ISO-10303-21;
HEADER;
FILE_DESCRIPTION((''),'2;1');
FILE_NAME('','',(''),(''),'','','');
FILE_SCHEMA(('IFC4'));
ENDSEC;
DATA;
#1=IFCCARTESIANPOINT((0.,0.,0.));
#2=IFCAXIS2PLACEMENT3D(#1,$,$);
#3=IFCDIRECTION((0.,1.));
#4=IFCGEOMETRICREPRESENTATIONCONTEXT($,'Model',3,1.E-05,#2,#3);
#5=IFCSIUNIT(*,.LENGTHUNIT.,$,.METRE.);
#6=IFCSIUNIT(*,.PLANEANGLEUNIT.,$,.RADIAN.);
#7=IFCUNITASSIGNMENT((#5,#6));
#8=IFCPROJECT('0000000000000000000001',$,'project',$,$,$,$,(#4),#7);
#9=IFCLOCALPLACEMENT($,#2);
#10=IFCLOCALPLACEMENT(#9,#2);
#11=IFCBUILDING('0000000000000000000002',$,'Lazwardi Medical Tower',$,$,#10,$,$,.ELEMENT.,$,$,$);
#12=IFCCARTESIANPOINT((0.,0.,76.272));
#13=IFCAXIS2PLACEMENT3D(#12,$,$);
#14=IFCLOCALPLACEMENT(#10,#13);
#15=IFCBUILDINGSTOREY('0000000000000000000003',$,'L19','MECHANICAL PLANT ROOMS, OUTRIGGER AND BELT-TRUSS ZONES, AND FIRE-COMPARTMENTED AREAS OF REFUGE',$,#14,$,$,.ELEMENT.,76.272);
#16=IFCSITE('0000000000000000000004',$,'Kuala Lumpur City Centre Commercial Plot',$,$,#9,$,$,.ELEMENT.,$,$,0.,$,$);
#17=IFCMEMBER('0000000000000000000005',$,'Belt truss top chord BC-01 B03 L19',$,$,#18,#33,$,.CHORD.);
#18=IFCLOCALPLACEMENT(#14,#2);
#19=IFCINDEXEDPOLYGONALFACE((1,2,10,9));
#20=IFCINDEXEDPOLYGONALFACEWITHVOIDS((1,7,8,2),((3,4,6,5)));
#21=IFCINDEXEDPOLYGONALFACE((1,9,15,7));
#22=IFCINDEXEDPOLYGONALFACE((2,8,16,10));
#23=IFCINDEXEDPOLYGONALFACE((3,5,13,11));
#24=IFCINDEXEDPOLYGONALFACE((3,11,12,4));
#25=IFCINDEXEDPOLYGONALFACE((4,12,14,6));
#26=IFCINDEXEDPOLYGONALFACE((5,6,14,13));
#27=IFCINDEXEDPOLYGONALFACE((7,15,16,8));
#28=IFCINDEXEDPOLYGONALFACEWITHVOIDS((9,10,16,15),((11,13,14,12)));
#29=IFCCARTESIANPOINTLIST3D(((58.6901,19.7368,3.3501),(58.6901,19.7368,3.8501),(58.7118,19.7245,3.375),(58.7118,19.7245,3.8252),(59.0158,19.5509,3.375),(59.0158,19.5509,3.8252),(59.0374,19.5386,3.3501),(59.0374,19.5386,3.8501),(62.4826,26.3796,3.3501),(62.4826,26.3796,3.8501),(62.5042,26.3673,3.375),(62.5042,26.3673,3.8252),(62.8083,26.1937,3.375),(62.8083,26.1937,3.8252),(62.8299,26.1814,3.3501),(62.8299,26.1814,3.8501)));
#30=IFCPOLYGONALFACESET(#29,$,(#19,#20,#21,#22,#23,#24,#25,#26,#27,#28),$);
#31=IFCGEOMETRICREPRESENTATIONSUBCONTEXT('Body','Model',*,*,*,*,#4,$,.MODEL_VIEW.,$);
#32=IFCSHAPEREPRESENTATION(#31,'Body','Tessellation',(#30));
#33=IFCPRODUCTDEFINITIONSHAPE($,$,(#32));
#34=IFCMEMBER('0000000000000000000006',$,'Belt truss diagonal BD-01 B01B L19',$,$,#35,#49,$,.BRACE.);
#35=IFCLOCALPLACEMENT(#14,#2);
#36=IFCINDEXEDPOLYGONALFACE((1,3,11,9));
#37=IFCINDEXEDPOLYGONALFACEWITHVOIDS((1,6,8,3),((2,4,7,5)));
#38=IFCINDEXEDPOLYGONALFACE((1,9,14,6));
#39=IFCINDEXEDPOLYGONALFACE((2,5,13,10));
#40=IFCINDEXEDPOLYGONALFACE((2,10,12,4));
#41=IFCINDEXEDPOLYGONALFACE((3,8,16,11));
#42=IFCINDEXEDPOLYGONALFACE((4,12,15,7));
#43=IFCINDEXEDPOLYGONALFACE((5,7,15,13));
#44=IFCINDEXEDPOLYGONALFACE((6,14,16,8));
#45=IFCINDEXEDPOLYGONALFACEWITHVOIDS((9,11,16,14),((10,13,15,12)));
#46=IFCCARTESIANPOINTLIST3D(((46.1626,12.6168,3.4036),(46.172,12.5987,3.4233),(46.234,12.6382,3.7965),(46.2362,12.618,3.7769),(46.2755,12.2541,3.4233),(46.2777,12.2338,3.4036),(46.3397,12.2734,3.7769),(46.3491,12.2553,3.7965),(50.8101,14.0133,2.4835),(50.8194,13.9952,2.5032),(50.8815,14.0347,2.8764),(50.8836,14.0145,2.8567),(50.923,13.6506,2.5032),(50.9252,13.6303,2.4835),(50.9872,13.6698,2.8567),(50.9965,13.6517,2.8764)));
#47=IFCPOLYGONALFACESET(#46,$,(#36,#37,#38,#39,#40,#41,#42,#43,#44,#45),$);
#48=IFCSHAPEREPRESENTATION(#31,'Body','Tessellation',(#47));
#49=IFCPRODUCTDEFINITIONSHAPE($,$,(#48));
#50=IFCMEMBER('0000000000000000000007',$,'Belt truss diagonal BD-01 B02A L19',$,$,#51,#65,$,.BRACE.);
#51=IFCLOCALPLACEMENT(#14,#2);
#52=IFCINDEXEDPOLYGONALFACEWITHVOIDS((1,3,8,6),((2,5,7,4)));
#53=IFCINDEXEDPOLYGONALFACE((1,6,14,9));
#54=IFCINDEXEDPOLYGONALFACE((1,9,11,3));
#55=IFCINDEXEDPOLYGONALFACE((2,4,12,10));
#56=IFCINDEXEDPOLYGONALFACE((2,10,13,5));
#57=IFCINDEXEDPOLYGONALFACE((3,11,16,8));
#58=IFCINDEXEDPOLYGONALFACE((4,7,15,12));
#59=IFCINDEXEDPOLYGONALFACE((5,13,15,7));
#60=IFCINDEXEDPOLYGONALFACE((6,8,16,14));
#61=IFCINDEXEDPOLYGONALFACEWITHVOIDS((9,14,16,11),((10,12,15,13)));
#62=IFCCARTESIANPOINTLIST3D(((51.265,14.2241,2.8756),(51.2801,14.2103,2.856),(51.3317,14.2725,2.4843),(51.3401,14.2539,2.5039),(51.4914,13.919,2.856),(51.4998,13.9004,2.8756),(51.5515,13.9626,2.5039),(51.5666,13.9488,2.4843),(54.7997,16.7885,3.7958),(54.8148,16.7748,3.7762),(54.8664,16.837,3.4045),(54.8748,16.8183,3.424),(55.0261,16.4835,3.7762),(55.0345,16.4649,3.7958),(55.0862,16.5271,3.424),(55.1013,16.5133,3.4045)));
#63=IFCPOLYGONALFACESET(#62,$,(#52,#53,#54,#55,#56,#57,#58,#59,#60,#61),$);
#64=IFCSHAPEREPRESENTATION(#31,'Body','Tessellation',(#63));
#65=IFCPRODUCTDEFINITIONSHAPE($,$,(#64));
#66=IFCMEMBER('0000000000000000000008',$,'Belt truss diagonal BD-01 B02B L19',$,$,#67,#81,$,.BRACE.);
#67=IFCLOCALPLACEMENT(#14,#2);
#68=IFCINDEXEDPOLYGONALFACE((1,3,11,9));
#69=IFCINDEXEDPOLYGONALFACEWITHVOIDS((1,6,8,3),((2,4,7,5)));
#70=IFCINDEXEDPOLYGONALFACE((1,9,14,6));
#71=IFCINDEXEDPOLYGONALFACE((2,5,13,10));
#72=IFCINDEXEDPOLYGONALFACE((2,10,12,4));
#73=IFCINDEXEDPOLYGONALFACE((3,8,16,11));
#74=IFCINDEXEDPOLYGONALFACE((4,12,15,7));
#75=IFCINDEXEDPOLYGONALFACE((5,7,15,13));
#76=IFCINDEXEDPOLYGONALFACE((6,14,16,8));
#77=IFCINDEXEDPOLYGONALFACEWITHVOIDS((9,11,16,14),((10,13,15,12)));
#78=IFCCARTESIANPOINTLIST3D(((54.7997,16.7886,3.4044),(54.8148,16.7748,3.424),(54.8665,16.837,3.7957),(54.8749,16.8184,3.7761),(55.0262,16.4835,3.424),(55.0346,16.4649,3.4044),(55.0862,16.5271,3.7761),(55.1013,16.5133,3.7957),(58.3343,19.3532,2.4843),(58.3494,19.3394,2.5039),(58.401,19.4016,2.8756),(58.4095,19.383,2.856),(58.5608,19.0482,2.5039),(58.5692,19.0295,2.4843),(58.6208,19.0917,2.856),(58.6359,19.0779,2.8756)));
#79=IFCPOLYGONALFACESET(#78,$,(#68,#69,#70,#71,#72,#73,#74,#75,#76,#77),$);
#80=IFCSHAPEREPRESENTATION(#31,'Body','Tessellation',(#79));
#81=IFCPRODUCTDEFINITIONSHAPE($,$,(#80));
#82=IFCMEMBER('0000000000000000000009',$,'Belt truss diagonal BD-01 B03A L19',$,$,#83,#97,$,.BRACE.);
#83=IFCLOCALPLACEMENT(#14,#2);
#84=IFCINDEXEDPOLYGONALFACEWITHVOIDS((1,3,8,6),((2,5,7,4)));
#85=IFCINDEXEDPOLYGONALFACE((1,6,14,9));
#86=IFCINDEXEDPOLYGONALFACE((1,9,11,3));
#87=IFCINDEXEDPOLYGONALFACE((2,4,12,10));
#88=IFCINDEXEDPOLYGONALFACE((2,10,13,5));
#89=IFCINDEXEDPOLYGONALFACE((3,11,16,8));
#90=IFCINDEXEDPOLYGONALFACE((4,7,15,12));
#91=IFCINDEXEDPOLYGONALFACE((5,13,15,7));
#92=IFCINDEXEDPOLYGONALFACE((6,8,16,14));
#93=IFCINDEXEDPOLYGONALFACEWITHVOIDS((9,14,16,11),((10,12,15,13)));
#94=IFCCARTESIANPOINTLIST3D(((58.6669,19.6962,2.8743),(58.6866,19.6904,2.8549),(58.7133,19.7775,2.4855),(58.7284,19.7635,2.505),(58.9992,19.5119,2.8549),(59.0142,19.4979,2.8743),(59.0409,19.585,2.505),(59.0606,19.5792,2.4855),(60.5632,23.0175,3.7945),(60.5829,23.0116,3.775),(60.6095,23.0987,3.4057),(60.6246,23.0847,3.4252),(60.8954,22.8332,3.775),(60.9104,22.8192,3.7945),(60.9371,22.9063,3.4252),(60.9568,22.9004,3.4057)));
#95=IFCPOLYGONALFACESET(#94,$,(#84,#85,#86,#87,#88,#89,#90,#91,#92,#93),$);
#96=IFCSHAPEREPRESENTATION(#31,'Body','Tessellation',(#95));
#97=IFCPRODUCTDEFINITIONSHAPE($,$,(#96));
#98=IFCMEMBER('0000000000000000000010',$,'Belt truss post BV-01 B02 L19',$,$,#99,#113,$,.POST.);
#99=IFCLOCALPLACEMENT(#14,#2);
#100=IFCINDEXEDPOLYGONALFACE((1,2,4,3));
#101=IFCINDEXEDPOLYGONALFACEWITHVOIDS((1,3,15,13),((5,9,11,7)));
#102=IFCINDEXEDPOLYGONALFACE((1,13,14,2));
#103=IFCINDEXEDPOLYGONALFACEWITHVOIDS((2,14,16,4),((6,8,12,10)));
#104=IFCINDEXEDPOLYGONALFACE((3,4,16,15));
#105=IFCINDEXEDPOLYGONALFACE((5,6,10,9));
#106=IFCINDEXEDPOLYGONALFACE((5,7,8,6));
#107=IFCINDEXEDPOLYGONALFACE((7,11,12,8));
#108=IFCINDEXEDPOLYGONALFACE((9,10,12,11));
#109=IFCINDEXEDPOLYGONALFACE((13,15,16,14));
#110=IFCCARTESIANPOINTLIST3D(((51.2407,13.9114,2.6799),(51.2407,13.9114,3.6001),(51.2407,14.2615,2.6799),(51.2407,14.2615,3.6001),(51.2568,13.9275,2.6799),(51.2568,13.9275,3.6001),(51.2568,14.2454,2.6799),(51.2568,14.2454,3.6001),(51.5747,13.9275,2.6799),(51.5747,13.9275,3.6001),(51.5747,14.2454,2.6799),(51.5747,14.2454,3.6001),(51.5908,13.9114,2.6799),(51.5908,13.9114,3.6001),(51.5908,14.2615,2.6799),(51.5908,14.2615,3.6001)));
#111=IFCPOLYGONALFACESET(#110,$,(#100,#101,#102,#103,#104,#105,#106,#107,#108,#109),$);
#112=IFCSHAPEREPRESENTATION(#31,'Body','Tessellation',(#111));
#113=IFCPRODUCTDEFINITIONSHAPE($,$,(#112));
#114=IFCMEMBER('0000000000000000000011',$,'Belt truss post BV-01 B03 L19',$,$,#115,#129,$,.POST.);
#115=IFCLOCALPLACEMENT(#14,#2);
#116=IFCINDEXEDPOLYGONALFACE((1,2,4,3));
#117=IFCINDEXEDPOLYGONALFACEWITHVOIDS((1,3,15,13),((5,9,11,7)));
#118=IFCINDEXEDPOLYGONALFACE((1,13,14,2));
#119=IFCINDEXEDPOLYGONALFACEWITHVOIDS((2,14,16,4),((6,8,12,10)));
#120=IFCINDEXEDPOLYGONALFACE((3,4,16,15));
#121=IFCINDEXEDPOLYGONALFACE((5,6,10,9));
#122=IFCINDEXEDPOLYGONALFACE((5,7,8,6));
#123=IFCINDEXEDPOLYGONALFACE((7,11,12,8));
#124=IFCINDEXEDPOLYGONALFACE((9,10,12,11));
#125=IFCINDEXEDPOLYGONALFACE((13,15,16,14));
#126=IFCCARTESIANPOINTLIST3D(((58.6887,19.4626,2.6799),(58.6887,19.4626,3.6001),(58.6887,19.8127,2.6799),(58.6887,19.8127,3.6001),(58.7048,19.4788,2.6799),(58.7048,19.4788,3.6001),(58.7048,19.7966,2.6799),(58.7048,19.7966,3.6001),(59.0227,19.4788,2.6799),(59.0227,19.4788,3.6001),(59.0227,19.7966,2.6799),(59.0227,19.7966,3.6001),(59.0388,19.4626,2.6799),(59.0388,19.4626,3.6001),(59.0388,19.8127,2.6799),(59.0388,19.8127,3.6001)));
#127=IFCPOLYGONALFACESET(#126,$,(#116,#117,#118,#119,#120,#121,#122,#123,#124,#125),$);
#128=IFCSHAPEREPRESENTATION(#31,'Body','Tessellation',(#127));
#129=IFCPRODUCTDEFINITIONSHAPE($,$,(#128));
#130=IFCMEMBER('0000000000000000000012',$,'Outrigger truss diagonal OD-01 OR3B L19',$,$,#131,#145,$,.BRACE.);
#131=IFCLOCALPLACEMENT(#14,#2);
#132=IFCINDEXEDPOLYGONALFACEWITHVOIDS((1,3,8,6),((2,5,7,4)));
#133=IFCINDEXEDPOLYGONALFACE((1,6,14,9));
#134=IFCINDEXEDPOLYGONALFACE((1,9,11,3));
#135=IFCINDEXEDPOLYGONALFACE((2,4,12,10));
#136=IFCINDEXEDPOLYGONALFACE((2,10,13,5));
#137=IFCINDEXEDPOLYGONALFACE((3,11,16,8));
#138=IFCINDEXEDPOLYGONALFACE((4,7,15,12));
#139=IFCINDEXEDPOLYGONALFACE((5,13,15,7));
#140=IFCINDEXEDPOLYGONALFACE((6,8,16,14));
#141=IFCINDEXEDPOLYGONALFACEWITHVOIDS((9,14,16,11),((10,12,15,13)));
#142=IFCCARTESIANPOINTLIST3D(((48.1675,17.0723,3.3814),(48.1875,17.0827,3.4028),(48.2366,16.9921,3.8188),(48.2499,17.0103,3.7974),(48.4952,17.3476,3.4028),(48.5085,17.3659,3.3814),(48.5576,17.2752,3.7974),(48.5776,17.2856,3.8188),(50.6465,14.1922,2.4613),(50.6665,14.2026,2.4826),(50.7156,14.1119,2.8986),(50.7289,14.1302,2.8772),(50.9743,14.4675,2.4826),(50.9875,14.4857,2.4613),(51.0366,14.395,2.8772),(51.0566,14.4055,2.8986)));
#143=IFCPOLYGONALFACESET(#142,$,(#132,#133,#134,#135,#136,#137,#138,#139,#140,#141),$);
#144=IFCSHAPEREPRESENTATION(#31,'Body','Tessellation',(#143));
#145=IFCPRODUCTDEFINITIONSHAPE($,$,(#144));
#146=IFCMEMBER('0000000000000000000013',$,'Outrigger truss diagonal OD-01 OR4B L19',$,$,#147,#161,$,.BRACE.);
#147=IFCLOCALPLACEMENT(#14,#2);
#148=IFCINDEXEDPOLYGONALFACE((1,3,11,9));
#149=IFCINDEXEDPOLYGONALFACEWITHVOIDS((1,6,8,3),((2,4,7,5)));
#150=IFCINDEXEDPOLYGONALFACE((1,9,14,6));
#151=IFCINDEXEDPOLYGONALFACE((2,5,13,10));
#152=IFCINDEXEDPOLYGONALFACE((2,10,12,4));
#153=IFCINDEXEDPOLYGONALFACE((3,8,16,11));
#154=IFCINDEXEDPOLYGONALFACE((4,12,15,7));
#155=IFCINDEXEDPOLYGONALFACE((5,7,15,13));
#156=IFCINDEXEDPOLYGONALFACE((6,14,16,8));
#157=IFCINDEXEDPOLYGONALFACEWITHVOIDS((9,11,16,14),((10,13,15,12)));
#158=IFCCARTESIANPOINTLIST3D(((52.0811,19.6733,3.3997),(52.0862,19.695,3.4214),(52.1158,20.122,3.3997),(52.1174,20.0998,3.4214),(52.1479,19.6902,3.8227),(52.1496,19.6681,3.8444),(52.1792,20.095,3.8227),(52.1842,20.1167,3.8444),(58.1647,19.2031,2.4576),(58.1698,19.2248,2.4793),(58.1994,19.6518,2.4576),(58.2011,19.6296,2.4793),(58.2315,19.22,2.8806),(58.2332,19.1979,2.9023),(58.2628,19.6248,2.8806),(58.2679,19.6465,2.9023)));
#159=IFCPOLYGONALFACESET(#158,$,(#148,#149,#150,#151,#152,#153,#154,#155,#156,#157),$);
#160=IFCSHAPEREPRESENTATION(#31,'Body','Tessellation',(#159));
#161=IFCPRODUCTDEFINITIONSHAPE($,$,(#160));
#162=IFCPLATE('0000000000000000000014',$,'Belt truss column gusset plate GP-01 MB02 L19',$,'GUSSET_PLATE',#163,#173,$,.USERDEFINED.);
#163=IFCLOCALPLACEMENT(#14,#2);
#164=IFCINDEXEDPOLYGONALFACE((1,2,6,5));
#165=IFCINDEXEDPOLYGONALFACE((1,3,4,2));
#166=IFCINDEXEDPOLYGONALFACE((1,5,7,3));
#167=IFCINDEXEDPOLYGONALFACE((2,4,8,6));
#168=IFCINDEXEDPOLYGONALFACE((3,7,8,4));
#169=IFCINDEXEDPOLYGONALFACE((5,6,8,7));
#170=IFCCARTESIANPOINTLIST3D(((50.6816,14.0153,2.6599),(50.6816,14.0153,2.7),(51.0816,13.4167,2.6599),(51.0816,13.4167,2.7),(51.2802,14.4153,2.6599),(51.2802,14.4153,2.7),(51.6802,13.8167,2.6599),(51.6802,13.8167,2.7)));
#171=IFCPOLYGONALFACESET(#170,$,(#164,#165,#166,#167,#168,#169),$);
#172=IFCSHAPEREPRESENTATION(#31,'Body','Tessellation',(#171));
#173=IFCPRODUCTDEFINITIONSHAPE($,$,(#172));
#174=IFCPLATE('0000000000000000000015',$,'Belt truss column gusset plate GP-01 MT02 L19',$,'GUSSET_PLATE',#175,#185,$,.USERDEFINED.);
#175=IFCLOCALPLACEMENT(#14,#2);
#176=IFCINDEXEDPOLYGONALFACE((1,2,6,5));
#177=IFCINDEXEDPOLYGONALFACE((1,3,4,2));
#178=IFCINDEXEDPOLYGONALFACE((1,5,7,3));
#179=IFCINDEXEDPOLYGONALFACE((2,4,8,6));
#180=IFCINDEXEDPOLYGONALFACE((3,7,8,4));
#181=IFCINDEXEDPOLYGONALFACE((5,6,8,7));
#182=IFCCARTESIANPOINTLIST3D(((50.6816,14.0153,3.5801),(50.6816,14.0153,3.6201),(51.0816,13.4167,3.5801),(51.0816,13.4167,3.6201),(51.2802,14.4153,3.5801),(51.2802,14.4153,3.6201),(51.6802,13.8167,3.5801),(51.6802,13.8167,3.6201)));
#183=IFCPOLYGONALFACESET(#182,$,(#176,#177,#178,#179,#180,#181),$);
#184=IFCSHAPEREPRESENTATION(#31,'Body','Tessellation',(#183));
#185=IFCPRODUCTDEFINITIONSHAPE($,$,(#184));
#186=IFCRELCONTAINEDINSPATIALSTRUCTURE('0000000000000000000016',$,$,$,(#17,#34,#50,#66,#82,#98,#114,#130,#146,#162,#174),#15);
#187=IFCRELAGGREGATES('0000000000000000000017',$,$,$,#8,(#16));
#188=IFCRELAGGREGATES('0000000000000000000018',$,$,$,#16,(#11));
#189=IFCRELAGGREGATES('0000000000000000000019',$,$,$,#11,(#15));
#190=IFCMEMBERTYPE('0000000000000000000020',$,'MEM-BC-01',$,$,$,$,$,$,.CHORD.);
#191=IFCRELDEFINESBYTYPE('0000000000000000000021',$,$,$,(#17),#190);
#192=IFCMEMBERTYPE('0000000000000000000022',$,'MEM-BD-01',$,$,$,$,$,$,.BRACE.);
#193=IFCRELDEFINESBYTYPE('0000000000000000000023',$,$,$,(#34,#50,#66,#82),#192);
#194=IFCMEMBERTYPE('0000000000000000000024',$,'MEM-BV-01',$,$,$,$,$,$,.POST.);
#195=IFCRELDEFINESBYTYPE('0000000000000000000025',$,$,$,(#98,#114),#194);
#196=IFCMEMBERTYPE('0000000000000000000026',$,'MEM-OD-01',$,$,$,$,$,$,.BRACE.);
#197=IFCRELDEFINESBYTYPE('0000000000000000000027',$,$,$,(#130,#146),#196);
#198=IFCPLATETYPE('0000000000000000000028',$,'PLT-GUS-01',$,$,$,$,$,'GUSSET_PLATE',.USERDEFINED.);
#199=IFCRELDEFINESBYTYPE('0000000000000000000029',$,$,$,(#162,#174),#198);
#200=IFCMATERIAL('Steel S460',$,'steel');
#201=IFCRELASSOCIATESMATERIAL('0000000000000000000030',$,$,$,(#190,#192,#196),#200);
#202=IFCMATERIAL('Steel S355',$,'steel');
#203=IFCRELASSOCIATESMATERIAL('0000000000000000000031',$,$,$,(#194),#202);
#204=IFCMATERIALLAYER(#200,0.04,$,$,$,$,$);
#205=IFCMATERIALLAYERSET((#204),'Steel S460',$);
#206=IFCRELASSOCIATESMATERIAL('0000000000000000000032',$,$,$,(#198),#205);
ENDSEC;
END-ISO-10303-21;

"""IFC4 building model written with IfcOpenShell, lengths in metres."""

from ifc_helpers import new_model, si_unit, direction, frame, origin, origin_2d, place, context, subcontext, project, spatial, rectangle, hollow_rectangle, extrude, material, layer, layer_set, material_profile, profile_set, type_object, element, save


model = new_model("IFC4")

# Units and contexts
model_context = context("Model", 3, precision=1e-05, world=origin(), true_north=direction((0.0, 1.0)))
body_context = subcontext(model_context, "Body", "Model", "MODEL_VIEW")
ifc_project = project(units=[si_unit("LENGTHUNIT", "METRE"), si_unit("PLANEANGLEUNIT", "RADIAN")], contexts=[model_context])

# Site, building, storey
site_placement = place(None, origin())
site = spatial("IfcSite", under=ifc_project, at=site_placement, Name="Kuala Lumpur City Centre Commercial Plot", CompositionType="ELEMENT", RefElevation=0.0)
building_placement = place(site_placement, origin())
building = spatial("IfcBuilding", under=site, at=building_placement, Name="Lazwardi Medical Tower", CompositionType="ELEMENT")
storey_placement = place(building_placement, frame((0.0, 0.0, 76.272)))
storey = spatial("IfcBuildingStorey", under=building, at=storey_placement, Name="L19", Description="MECHANICAL PLANT ROOMS, OUTRIGGER AND BELT-TRUSS ZONES, AND FIRE-COMPARTMENTED AREAS OF REFUGE", CompositionType="ELEMENT", Elevation=76.272)

# Shared definitions
ifc_material_1 = material(Name="Steel S355", Category="steel")
ifc_material_2 = material(Name="Steel S460", Category="steel")

# Members
ifc_material_profile_1 = material_profile(ifc_material_2, hollow_rectangle(XDim=0.3999, YDim=0.5, WallThickness=0.0249, at=origin_2d()), Name="RHS 500x400x25")
ifc_profile_set_1 = profile_set([ifc_material_profile_1], Name="Steel S460")
member_type_1 = type_object("IfcMemberType", Name="MEM-BC-01", PredefinedType="CHORD", material=ifc_profile_set_1)
for number, where, z_axis, x_axis, name in (
    (1, (58.8638, 19.6377, 3.6001), (0.495802, 0.868436, 0.0), (-0.868436, 0.495802, 0.0), "Belt truss top chord BC-01 B03 L19"),
):
    element("IfcMember", number, at=place(storey_placement, frame(where, z_axis=z_axis, x_axis=x_axis)), inside=storey, type_object=member_type_1, Name=name, PredefinedType="CHORD", context=body_context, shape_type="SweptSolid", body=[
        extrude(hollow_rectangle(XDim=0.3999, YDim=0.5, WallThickness=0.0249, at=origin_2d()), origin(), (0.0, 0.0, 1.0), 7.6492),
    ])
ifc_material_profile_2 = material_profile(ifc_material_2, hollow_rectangle(XDim=0.3999, YDim=0.3999, WallThickness=0.02, at=origin_2d()), Name="RHS 400x400x20")
ifc_profile_set_2 = profile_set([ifc_material_profile_2], Name="Steel S460")
member_type_2 = type_object("IfcMemberType", Name="MEM-BD-01", PredefinedType="BRACE", material=ifc_profile_set_2)
member_1_placement = place(storey_placement, frame((50.9033, 13.8325, 2.6799), z_axis=(-0.940933, -0.282735, 0.186298), x_axis=(0.287772, -0.957699, 0.0)))
element("IfcMember", 2, at=member_1_placement, inside=storey, type_object=member_type_2, Name="Belt truss diagonal BD-01 B01B L19", PredefinedType="BRACE", context=body_context, shape_type="SweptSolid", body=[
    extrude(hollow_rectangle(XDim=0.3999, YDim=0.3999, WallThickness=0.02, at=origin_2d()), origin(), (0.0, 0.0, 1.0), 4.9392),
])
for number, where, z_axis, x_axis, name in (
    (3, (51.4158, 14.0864, 2.6799), (0.792021, 0.574623, 0.206184), (-0.587241, 0.809412, 0.0), "Belt truss diagonal BD-01 B02A L19"),
    (4, (58.4851, 19.2156, 2.6799), (-0.791996, -0.574659, 0.206177), (0.587277, -0.809386, 0.0), "Belt truss diagonal BD-01 B02B L19"),
):
    element("IfcMember", number, at=place(storey_placement, frame(where, z_axis=z_axis, x_axis=x_axis)), inside=storey, type_object=member_type_2, Name=name, PredefinedType="BRACE", context=body_context, shape_type="SweptSolid", body=[
        extrude(hollow_rectangle(XDim=0.3999, YDim=0.3999, WallThickness=0.02, at=origin_2d()), origin(), (0.0, 0.0, 1.0), 4.4629),
    ])
member_2_placement = place(storey_placement, frame((58.8638, 19.6377, 2.6799), z_axis=(0.482059, 0.844333, 0.233923), x_axis=(-0.868428, 0.495816, 0.0)))
element("IfcMember", 5, at=member_2_placement, inside=storey, type_object=member_type_2, Name="Belt truss diagonal BD-01 B03A L19", PredefinedType="BRACE", context=body_context, shape_type="SweptSolid", body=[
    extrude(hollow_rectangle(XDim=0.3999, YDim=0.3999, WallThickness=0.02, at=origin_2d()), origin(), (0.0, 0.0, 1.0), 3.9336),
])
ifc_material_profile_3 = material_profile(ifc_material_1, hollow_rectangle(XDim=0.3501, YDim=0.3501, WallThickness=0.0161, at=origin_2d()), Name="RHS 350x350x16")
ifc_profile_set_3 = profile_set([ifc_material_profile_3], Name="Steel S355")
member_type_3 = type_object("IfcMemberType", Name="MEM-BV-01", PredefinedType="POST", material=ifc_profile_set_3)
for number, where, z_axis, x_axis, name in (
    (6, (51.4158, 14.0864, 2.6799), (0.0, 0.0, 1.0), (1.0, 0.0, 0.0), "Belt truss post BV-01 B02 L19"),
    (7, (58.8638, 19.6377, 2.6799), (0.0, 0.0, 1.0), (1.0, 0.0, 0.0), "Belt truss post BV-01 B03 L19"),
):
    element("IfcMember", number, at=place(storey_placement, frame(where, z_axis=z_axis, x_axis=x_axis)), inside=storey, type_object=member_type_3, Name=name, PredefinedType="POST", context=body_context, shape_type="SweptSolid", body=[
        extrude(hollow_rectangle(XDim=0.3501, YDim=0.3501, WallThickness=0.0161, at=origin_2d()), origin(), (0.0, 0.0, 1.0), 0.9202),
    ])
ifc_material_profile_4 = material_profile(ifc_material_2, hollow_rectangle(XDim=0.45, YDim=0.45, WallThickness=0.022, at=origin_2d()), Name="RHS 450x450x22")
ifc_profile_set_4 = profile_set([ifc_material_profile_4], Name="Steel S460")
member_type_4 = type_object("IfcMemberType", Name="MEM-OD-01", PredefinedType="BRACE", material=ifc_profile_set_4)
member_3_placement = place(storey_placement, frame((50.8516, 14.2988, 2.6799), z_axis=(-0.634033, 0.736625, 0.235343), x_axis=(-0.757913, -0.652356, 0.0)))
element("IfcMember", 8, at=member_3_placement, inside=storey, type_object=member_type_4, Name="Outrigger truss diagonal OD-01 OR3B L19", PredefinedType="BRACE", context=body_context, shape_type="SweptSolid", body=[
    extrude(hollow_rectangle(XDim=0.45, YDim=0.45, WallThickness=0.022, at=origin_2d()), origin(), (0.0, 0.0, 1.0), 3.9099),
])
member_4_placement = place(storey_placement, frame((58.2163, 19.4248, 2.6799), z_axis=(-0.98535, 0.076158, 0.152593), x_axis=(-0.077061, -0.997026, 0.0)))
element("IfcMember", 9, at=member_4_placement, inside=storey, type_object=member_type_4, Name="Outrigger truss diagonal OD-01 OR4B L19", PredefinedType="BRACE", context=body_context, shape_type="SweptSolid", body=[
    extrude(hollow_rectangle(XDim=0.45, YDim=0.45, WallThickness=0.022, at=origin_2d()), origin(), (0.0, 0.0, 1.0), 6.1741),
])

# Plates
ifc_layer = layer(ifc_material_2, 0.04)
ifc_layer_set = layer_set([ifc_layer], Name="Steel S460")
plate_type = type_object("IfcPlateType", Name="PLT-GUS-01", ElementType="GUSSET_PLATE", PredefinedType="USERDEFINED", material=ifc_layer_set)
for number, where, z_axis, x_axis, name in (
    (10, (51.1809, 13.916, 2.6599), (0.0, 0.0, 1.0), (0.55557, -0.83147, 0.0), "Belt truss column gusset plate GP-01 MB02 L19"),
    (11, (51.1809, 13.916, 3.5801), (0.0, 0.0, 1.0), (0.55557, -0.83147, 0.0), "Belt truss column gusset plate GP-01 MT02 L19"),
):
    element("IfcPlate", number, at=place(storey_placement, frame(where, z_axis=z_axis, x_axis=x_axis)), inside=storey, type_object=plate_type, Name=name, ObjectType="GUSSET_PLATE", PredefinedType="USERDEFINED", context=body_context, shape_type="SweptSolid", body=[
        extrude(rectangle(XDim=0.72, YDim=0.72, at=origin_2d()), origin(), (0.0, 0.0, 1.0), 0.04),
    ])

save(model, "model.ifc")
